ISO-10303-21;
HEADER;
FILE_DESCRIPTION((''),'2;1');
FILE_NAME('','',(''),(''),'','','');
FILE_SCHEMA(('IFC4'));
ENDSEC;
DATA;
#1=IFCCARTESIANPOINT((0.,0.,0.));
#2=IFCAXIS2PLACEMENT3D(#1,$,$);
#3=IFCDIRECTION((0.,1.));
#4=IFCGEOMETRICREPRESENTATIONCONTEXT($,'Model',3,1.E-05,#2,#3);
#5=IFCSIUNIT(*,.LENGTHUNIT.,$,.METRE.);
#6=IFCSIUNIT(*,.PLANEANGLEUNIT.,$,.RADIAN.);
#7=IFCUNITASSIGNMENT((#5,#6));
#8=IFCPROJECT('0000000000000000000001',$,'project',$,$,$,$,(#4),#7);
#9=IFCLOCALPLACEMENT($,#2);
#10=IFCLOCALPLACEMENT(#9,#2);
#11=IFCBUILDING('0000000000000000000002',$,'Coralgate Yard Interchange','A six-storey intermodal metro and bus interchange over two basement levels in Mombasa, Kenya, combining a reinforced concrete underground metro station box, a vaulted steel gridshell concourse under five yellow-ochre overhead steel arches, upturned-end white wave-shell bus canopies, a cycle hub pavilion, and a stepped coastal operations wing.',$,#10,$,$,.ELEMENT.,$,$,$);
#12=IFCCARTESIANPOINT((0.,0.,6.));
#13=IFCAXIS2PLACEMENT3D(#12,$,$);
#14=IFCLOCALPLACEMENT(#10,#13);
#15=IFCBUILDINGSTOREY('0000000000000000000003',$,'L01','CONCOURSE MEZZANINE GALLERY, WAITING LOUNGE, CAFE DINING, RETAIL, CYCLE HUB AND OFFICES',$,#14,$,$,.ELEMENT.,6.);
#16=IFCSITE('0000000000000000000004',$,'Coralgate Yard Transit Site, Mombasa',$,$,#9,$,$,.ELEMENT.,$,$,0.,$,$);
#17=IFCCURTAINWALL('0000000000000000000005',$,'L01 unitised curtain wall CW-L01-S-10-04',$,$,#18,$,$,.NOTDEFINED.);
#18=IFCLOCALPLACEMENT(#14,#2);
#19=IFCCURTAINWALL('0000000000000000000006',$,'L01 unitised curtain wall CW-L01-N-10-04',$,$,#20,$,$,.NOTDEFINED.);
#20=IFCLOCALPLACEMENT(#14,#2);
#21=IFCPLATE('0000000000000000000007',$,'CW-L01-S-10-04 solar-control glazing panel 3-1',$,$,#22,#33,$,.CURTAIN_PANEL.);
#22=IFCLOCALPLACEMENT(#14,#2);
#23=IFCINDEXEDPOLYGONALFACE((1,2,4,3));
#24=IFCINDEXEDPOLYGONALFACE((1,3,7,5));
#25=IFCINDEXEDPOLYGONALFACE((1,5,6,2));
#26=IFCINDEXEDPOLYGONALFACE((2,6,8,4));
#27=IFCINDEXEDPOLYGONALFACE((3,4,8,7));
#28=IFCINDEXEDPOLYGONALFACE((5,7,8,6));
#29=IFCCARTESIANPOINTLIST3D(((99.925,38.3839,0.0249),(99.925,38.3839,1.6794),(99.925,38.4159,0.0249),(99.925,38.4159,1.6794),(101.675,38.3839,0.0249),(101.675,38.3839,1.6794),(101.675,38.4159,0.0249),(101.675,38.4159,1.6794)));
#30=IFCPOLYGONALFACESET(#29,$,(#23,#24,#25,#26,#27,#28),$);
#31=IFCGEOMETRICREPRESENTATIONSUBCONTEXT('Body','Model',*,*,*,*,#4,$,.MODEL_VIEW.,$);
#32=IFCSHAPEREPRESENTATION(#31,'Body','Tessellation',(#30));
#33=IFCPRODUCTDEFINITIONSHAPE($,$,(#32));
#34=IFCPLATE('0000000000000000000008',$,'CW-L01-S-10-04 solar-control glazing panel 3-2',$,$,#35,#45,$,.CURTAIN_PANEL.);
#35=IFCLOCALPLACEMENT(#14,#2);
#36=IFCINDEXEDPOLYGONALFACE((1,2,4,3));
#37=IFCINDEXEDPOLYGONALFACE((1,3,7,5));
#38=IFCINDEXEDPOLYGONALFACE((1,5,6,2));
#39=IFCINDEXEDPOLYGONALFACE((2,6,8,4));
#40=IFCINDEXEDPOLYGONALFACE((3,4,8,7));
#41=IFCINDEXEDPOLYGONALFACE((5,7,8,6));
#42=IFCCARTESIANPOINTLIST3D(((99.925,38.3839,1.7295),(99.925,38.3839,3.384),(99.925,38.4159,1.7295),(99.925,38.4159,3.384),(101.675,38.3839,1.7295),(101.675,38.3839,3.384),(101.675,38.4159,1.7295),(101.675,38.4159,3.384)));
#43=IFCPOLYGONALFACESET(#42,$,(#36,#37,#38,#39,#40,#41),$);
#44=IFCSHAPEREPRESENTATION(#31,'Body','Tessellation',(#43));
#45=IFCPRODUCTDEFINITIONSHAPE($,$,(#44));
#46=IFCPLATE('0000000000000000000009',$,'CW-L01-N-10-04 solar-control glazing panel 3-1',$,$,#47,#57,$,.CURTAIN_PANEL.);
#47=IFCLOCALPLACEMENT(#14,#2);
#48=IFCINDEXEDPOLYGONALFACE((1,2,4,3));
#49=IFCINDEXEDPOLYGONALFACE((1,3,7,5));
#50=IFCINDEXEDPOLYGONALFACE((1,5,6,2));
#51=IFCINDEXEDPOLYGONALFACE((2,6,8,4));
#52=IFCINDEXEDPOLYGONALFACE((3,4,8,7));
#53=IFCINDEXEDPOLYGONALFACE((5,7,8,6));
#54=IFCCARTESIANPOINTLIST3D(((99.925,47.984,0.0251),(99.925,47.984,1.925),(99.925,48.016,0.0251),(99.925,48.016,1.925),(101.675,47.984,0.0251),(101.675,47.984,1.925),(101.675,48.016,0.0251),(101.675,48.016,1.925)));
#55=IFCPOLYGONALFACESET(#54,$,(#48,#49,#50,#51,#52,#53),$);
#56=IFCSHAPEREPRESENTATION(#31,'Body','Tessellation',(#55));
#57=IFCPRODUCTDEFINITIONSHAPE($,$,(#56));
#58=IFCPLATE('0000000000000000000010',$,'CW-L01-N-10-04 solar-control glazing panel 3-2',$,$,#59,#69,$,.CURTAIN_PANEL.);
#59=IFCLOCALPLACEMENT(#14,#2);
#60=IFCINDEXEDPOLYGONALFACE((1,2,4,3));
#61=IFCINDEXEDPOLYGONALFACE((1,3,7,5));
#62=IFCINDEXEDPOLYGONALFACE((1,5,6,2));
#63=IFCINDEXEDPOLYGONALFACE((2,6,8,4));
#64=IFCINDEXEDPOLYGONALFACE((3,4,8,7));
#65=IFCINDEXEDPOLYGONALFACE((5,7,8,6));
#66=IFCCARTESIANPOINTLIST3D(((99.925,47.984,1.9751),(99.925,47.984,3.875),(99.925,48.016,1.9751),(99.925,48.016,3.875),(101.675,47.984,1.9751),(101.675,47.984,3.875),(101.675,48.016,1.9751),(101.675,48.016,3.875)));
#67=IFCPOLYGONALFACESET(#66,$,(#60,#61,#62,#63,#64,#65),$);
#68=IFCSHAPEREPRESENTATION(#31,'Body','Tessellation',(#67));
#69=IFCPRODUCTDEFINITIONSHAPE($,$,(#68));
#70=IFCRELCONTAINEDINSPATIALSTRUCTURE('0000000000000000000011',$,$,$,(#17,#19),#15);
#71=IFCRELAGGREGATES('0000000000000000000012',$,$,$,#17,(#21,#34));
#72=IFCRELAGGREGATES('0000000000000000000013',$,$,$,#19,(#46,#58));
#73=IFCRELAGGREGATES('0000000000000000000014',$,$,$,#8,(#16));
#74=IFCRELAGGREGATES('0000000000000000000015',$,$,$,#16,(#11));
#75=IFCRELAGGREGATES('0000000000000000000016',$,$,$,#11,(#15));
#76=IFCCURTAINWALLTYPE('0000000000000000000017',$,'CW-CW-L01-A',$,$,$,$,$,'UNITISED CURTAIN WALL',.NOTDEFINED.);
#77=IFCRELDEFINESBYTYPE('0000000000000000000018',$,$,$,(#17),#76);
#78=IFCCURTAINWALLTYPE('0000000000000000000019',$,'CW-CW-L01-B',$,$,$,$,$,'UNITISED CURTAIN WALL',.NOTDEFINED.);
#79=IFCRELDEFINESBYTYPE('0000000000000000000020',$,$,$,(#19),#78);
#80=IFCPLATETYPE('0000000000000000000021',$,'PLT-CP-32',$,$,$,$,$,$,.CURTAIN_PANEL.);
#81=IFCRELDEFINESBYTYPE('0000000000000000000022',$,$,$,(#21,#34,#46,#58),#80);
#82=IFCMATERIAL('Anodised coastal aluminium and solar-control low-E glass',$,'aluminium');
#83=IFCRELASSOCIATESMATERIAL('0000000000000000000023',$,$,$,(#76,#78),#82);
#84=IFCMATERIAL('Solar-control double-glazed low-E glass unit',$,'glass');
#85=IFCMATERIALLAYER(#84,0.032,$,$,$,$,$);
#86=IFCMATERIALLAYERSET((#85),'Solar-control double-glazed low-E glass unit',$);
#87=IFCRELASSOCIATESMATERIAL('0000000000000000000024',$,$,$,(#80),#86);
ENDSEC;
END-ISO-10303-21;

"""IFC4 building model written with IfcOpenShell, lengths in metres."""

from ifc_helpers import new_model, si_unit, direction, frame, origin, origin_2d, place, context, subcontext, project, spatial, rectangle, extrude, material, layer, layer_set, type_object, element, aggregate, save


model = new_model("IFC4")

# Units and contexts
model_context = context("Model", 3, precision=1e-05, world=origin(), true_north=direction((0.0, 1.0)))
body_context = subcontext(model_context, "Body", "Model", "MODEL_VIEW")
ifc_project = project(units=[si_unit("LENGTHUNIT", "METRE"), si_unit("PLANEANGLEUNIT", "RADIAN")], contexts=[model_context])

# Site, building, storey
site_placement = place(None, origin())
site = spatial("IfcSite", under=ifc_project, at=site_placement, Name="Coralgate Yard Transit Site, Mombasa", CompositionType="ELEMENT", RefElevation=0.0)
building_placement = place(site_placement, origin())
building = spatial("IfcBuilding", under=site, at=building_placement, Name="Coralgate Yard Interchange", Description="A six-storey intermodal metro and bus interchange over two basement levels in Mombasa, Kenya, combining a reinforced concrete underground metro station box, a vaulted steel gridshell concourse under five yellow-ochre overhead steel arches, upturned-end white wave-shell bus canopies, a cycle hub pavilion, and a stepped coastal operations wing.", CompositionType="ELEMENT")
storey_placement = place(building_placement, frame((0.0, 0.0, 6.0)))
storey = spatial("IfcBuildingStorey", under=building, at=storey_placement, Name="L01", Description="CONCOURSE MEZZANINE GALLERY, WAITING LOUNGE, CAFE DINING, RETAIL, CYCLE HUB AND OFFICES", CompositionType="ELEMENT", Elevation=6.0)

# Curtain wall
ifc_material_1 = material(Name="Anodised coastal aluminium and solar-control low-E glass", Category="aluminium")
curtain_wall_type_1 = type_object("IfcCurtainWallType", Name="CW-CW-L01-A", ElementType="UNITISED CURTAIN WALL", PredefinedType="NOTDEFINED", material=ifc_material_1)
curtain_wall_1_placement = place(storey_placement, origin())
curtain_wall_1 = element("IfcCurtainWall", 1, at=curtain_wall_1_placement, inside=storey, type_object=curtain_wall_type_1, Name="L01 unitised curtain wall CW-L01-S-10-04", PredefinedType="NOTDEFINED")

# Curtain wall
curtain_wall_type_2 = type_object("IfcCurtainWallType", Name="CW-CW-L01-B", ElementType="UNITISED CURTAIN WALL", PredefinedType="NOTDEFINED", material=ifc_material_1)
curtain_wall_2_placement = place(storey_placement, origin())
curtain_wall_2 = element("IfcCurtainWall", 2, at=curtain_wall_2_placement, inside=storey, type_object=curtain_wall_type_2, Name="L01 unitised curtain wall CW-L01-N-10-04", PredefinedType="NOTDEFINED")

# Plates
ifc_material_2 = material(Name="Solar-control double-glazed low-E glass unit", Category="glass")
ifc_layer = layer(ifc_material_2, 0.032)
ifc_layer_set = layer_set([ifc_layer], Name="Solar-control double-glazed low-E glass unit")
plate_type = type_object("IfcPlateType", Name="PLT-CP-32", PredefinedType="CURTAIN_PANEL", material=ifc_layer_set)
plate_1_placement = place(storey_placement, frame((100.8, 38.3999, 0.0249), z_axis=(0.0, 0.0, 1.0), x_axis=(-1.0, 0.0, 0.0)))
plate_1 = element("IfcPlate", 3, at=plate_1_placement, type_object=plate_type, Name="CW-L01-S-10-04 solar-control glazing panel 3-1", PredefinedType="CURTAIN_PANEL", context=body_context, shape_type="SweptSolid", body=[
    extrude(rectangle(XDim=1.75, YDim=0.032, at=origin_2d()), origin(), (0.0, 0.0, 1.0), 1.6545),
])
plate_2_placement = place(storey_placement, frame((100.8, 38.3999, 1.7295), z_axis=(0.0, 0.0, 1.0), x_axis=(-1.0, 0.0, 0.0)))
plate_2 = element("IfcPlate", 4, at=plate_2_placement, type_object=plate_type, Name="CW-L01-S-10-04 solar-control glazing panel 3-2", PredefinedType="CURTAIN_PANEL", context=body_context, shape_type="SweptSolid", body=[
    extrude(rectangle(XDim=1.75, YDim=0.032, at=origin_2d()), origin(), (0.0, 0.0, 1.0), 1.6545),
])
aggregate(curtain_wall_1, [plate_1, plate_2])
plate_3_placement = place(storey_placement, frame((100.8, 48.0, 0.0251), z_axis=(0.0, 0.0, 1.0), x_axis=(1.0, 0.0, 0.0)))
plate_3 = element("IfcPlate", 5, at=plate_3_placement, type_object=plate_type, Name="CW-L01-N-10-04 solar-control glazing panel 3-1", PredefinedType="CURTAIN_PANEL", context=body_context, shape_type="SweptSolid", body=[
    extrude(rectangle(XDim=1.75, YDim=0.032, at=origin_2d()), origin(), (0.0, 0.0, 1.0), 1.8999),
])
plate_4_placement = place(storey_placement, frame((100.8, 48.0, 1.9751), z_axis=(0.0, 0.0, 1.0), x_axis=(1.0, 0.0, 0.0)))
plate_4 = element("IfcPlate", 6, at=plate_4_placement, type_object=plate_type, Name="CW-L01-N-10-04 solar-control glazing panel 3-2", PredefinedType="CURTAIN_PANEL", context=body_context, shape_type="SweptSolid", body=[
    extrude(rectangle(XDim=1.75, YDim=0.032, at=origin_2d()), origin(), (0.0, 0.0, 1.0), 1.8999),
])
aggregate(curtain_wall_2, [plate_3, plate_4])

save(model, "model.ifc")
